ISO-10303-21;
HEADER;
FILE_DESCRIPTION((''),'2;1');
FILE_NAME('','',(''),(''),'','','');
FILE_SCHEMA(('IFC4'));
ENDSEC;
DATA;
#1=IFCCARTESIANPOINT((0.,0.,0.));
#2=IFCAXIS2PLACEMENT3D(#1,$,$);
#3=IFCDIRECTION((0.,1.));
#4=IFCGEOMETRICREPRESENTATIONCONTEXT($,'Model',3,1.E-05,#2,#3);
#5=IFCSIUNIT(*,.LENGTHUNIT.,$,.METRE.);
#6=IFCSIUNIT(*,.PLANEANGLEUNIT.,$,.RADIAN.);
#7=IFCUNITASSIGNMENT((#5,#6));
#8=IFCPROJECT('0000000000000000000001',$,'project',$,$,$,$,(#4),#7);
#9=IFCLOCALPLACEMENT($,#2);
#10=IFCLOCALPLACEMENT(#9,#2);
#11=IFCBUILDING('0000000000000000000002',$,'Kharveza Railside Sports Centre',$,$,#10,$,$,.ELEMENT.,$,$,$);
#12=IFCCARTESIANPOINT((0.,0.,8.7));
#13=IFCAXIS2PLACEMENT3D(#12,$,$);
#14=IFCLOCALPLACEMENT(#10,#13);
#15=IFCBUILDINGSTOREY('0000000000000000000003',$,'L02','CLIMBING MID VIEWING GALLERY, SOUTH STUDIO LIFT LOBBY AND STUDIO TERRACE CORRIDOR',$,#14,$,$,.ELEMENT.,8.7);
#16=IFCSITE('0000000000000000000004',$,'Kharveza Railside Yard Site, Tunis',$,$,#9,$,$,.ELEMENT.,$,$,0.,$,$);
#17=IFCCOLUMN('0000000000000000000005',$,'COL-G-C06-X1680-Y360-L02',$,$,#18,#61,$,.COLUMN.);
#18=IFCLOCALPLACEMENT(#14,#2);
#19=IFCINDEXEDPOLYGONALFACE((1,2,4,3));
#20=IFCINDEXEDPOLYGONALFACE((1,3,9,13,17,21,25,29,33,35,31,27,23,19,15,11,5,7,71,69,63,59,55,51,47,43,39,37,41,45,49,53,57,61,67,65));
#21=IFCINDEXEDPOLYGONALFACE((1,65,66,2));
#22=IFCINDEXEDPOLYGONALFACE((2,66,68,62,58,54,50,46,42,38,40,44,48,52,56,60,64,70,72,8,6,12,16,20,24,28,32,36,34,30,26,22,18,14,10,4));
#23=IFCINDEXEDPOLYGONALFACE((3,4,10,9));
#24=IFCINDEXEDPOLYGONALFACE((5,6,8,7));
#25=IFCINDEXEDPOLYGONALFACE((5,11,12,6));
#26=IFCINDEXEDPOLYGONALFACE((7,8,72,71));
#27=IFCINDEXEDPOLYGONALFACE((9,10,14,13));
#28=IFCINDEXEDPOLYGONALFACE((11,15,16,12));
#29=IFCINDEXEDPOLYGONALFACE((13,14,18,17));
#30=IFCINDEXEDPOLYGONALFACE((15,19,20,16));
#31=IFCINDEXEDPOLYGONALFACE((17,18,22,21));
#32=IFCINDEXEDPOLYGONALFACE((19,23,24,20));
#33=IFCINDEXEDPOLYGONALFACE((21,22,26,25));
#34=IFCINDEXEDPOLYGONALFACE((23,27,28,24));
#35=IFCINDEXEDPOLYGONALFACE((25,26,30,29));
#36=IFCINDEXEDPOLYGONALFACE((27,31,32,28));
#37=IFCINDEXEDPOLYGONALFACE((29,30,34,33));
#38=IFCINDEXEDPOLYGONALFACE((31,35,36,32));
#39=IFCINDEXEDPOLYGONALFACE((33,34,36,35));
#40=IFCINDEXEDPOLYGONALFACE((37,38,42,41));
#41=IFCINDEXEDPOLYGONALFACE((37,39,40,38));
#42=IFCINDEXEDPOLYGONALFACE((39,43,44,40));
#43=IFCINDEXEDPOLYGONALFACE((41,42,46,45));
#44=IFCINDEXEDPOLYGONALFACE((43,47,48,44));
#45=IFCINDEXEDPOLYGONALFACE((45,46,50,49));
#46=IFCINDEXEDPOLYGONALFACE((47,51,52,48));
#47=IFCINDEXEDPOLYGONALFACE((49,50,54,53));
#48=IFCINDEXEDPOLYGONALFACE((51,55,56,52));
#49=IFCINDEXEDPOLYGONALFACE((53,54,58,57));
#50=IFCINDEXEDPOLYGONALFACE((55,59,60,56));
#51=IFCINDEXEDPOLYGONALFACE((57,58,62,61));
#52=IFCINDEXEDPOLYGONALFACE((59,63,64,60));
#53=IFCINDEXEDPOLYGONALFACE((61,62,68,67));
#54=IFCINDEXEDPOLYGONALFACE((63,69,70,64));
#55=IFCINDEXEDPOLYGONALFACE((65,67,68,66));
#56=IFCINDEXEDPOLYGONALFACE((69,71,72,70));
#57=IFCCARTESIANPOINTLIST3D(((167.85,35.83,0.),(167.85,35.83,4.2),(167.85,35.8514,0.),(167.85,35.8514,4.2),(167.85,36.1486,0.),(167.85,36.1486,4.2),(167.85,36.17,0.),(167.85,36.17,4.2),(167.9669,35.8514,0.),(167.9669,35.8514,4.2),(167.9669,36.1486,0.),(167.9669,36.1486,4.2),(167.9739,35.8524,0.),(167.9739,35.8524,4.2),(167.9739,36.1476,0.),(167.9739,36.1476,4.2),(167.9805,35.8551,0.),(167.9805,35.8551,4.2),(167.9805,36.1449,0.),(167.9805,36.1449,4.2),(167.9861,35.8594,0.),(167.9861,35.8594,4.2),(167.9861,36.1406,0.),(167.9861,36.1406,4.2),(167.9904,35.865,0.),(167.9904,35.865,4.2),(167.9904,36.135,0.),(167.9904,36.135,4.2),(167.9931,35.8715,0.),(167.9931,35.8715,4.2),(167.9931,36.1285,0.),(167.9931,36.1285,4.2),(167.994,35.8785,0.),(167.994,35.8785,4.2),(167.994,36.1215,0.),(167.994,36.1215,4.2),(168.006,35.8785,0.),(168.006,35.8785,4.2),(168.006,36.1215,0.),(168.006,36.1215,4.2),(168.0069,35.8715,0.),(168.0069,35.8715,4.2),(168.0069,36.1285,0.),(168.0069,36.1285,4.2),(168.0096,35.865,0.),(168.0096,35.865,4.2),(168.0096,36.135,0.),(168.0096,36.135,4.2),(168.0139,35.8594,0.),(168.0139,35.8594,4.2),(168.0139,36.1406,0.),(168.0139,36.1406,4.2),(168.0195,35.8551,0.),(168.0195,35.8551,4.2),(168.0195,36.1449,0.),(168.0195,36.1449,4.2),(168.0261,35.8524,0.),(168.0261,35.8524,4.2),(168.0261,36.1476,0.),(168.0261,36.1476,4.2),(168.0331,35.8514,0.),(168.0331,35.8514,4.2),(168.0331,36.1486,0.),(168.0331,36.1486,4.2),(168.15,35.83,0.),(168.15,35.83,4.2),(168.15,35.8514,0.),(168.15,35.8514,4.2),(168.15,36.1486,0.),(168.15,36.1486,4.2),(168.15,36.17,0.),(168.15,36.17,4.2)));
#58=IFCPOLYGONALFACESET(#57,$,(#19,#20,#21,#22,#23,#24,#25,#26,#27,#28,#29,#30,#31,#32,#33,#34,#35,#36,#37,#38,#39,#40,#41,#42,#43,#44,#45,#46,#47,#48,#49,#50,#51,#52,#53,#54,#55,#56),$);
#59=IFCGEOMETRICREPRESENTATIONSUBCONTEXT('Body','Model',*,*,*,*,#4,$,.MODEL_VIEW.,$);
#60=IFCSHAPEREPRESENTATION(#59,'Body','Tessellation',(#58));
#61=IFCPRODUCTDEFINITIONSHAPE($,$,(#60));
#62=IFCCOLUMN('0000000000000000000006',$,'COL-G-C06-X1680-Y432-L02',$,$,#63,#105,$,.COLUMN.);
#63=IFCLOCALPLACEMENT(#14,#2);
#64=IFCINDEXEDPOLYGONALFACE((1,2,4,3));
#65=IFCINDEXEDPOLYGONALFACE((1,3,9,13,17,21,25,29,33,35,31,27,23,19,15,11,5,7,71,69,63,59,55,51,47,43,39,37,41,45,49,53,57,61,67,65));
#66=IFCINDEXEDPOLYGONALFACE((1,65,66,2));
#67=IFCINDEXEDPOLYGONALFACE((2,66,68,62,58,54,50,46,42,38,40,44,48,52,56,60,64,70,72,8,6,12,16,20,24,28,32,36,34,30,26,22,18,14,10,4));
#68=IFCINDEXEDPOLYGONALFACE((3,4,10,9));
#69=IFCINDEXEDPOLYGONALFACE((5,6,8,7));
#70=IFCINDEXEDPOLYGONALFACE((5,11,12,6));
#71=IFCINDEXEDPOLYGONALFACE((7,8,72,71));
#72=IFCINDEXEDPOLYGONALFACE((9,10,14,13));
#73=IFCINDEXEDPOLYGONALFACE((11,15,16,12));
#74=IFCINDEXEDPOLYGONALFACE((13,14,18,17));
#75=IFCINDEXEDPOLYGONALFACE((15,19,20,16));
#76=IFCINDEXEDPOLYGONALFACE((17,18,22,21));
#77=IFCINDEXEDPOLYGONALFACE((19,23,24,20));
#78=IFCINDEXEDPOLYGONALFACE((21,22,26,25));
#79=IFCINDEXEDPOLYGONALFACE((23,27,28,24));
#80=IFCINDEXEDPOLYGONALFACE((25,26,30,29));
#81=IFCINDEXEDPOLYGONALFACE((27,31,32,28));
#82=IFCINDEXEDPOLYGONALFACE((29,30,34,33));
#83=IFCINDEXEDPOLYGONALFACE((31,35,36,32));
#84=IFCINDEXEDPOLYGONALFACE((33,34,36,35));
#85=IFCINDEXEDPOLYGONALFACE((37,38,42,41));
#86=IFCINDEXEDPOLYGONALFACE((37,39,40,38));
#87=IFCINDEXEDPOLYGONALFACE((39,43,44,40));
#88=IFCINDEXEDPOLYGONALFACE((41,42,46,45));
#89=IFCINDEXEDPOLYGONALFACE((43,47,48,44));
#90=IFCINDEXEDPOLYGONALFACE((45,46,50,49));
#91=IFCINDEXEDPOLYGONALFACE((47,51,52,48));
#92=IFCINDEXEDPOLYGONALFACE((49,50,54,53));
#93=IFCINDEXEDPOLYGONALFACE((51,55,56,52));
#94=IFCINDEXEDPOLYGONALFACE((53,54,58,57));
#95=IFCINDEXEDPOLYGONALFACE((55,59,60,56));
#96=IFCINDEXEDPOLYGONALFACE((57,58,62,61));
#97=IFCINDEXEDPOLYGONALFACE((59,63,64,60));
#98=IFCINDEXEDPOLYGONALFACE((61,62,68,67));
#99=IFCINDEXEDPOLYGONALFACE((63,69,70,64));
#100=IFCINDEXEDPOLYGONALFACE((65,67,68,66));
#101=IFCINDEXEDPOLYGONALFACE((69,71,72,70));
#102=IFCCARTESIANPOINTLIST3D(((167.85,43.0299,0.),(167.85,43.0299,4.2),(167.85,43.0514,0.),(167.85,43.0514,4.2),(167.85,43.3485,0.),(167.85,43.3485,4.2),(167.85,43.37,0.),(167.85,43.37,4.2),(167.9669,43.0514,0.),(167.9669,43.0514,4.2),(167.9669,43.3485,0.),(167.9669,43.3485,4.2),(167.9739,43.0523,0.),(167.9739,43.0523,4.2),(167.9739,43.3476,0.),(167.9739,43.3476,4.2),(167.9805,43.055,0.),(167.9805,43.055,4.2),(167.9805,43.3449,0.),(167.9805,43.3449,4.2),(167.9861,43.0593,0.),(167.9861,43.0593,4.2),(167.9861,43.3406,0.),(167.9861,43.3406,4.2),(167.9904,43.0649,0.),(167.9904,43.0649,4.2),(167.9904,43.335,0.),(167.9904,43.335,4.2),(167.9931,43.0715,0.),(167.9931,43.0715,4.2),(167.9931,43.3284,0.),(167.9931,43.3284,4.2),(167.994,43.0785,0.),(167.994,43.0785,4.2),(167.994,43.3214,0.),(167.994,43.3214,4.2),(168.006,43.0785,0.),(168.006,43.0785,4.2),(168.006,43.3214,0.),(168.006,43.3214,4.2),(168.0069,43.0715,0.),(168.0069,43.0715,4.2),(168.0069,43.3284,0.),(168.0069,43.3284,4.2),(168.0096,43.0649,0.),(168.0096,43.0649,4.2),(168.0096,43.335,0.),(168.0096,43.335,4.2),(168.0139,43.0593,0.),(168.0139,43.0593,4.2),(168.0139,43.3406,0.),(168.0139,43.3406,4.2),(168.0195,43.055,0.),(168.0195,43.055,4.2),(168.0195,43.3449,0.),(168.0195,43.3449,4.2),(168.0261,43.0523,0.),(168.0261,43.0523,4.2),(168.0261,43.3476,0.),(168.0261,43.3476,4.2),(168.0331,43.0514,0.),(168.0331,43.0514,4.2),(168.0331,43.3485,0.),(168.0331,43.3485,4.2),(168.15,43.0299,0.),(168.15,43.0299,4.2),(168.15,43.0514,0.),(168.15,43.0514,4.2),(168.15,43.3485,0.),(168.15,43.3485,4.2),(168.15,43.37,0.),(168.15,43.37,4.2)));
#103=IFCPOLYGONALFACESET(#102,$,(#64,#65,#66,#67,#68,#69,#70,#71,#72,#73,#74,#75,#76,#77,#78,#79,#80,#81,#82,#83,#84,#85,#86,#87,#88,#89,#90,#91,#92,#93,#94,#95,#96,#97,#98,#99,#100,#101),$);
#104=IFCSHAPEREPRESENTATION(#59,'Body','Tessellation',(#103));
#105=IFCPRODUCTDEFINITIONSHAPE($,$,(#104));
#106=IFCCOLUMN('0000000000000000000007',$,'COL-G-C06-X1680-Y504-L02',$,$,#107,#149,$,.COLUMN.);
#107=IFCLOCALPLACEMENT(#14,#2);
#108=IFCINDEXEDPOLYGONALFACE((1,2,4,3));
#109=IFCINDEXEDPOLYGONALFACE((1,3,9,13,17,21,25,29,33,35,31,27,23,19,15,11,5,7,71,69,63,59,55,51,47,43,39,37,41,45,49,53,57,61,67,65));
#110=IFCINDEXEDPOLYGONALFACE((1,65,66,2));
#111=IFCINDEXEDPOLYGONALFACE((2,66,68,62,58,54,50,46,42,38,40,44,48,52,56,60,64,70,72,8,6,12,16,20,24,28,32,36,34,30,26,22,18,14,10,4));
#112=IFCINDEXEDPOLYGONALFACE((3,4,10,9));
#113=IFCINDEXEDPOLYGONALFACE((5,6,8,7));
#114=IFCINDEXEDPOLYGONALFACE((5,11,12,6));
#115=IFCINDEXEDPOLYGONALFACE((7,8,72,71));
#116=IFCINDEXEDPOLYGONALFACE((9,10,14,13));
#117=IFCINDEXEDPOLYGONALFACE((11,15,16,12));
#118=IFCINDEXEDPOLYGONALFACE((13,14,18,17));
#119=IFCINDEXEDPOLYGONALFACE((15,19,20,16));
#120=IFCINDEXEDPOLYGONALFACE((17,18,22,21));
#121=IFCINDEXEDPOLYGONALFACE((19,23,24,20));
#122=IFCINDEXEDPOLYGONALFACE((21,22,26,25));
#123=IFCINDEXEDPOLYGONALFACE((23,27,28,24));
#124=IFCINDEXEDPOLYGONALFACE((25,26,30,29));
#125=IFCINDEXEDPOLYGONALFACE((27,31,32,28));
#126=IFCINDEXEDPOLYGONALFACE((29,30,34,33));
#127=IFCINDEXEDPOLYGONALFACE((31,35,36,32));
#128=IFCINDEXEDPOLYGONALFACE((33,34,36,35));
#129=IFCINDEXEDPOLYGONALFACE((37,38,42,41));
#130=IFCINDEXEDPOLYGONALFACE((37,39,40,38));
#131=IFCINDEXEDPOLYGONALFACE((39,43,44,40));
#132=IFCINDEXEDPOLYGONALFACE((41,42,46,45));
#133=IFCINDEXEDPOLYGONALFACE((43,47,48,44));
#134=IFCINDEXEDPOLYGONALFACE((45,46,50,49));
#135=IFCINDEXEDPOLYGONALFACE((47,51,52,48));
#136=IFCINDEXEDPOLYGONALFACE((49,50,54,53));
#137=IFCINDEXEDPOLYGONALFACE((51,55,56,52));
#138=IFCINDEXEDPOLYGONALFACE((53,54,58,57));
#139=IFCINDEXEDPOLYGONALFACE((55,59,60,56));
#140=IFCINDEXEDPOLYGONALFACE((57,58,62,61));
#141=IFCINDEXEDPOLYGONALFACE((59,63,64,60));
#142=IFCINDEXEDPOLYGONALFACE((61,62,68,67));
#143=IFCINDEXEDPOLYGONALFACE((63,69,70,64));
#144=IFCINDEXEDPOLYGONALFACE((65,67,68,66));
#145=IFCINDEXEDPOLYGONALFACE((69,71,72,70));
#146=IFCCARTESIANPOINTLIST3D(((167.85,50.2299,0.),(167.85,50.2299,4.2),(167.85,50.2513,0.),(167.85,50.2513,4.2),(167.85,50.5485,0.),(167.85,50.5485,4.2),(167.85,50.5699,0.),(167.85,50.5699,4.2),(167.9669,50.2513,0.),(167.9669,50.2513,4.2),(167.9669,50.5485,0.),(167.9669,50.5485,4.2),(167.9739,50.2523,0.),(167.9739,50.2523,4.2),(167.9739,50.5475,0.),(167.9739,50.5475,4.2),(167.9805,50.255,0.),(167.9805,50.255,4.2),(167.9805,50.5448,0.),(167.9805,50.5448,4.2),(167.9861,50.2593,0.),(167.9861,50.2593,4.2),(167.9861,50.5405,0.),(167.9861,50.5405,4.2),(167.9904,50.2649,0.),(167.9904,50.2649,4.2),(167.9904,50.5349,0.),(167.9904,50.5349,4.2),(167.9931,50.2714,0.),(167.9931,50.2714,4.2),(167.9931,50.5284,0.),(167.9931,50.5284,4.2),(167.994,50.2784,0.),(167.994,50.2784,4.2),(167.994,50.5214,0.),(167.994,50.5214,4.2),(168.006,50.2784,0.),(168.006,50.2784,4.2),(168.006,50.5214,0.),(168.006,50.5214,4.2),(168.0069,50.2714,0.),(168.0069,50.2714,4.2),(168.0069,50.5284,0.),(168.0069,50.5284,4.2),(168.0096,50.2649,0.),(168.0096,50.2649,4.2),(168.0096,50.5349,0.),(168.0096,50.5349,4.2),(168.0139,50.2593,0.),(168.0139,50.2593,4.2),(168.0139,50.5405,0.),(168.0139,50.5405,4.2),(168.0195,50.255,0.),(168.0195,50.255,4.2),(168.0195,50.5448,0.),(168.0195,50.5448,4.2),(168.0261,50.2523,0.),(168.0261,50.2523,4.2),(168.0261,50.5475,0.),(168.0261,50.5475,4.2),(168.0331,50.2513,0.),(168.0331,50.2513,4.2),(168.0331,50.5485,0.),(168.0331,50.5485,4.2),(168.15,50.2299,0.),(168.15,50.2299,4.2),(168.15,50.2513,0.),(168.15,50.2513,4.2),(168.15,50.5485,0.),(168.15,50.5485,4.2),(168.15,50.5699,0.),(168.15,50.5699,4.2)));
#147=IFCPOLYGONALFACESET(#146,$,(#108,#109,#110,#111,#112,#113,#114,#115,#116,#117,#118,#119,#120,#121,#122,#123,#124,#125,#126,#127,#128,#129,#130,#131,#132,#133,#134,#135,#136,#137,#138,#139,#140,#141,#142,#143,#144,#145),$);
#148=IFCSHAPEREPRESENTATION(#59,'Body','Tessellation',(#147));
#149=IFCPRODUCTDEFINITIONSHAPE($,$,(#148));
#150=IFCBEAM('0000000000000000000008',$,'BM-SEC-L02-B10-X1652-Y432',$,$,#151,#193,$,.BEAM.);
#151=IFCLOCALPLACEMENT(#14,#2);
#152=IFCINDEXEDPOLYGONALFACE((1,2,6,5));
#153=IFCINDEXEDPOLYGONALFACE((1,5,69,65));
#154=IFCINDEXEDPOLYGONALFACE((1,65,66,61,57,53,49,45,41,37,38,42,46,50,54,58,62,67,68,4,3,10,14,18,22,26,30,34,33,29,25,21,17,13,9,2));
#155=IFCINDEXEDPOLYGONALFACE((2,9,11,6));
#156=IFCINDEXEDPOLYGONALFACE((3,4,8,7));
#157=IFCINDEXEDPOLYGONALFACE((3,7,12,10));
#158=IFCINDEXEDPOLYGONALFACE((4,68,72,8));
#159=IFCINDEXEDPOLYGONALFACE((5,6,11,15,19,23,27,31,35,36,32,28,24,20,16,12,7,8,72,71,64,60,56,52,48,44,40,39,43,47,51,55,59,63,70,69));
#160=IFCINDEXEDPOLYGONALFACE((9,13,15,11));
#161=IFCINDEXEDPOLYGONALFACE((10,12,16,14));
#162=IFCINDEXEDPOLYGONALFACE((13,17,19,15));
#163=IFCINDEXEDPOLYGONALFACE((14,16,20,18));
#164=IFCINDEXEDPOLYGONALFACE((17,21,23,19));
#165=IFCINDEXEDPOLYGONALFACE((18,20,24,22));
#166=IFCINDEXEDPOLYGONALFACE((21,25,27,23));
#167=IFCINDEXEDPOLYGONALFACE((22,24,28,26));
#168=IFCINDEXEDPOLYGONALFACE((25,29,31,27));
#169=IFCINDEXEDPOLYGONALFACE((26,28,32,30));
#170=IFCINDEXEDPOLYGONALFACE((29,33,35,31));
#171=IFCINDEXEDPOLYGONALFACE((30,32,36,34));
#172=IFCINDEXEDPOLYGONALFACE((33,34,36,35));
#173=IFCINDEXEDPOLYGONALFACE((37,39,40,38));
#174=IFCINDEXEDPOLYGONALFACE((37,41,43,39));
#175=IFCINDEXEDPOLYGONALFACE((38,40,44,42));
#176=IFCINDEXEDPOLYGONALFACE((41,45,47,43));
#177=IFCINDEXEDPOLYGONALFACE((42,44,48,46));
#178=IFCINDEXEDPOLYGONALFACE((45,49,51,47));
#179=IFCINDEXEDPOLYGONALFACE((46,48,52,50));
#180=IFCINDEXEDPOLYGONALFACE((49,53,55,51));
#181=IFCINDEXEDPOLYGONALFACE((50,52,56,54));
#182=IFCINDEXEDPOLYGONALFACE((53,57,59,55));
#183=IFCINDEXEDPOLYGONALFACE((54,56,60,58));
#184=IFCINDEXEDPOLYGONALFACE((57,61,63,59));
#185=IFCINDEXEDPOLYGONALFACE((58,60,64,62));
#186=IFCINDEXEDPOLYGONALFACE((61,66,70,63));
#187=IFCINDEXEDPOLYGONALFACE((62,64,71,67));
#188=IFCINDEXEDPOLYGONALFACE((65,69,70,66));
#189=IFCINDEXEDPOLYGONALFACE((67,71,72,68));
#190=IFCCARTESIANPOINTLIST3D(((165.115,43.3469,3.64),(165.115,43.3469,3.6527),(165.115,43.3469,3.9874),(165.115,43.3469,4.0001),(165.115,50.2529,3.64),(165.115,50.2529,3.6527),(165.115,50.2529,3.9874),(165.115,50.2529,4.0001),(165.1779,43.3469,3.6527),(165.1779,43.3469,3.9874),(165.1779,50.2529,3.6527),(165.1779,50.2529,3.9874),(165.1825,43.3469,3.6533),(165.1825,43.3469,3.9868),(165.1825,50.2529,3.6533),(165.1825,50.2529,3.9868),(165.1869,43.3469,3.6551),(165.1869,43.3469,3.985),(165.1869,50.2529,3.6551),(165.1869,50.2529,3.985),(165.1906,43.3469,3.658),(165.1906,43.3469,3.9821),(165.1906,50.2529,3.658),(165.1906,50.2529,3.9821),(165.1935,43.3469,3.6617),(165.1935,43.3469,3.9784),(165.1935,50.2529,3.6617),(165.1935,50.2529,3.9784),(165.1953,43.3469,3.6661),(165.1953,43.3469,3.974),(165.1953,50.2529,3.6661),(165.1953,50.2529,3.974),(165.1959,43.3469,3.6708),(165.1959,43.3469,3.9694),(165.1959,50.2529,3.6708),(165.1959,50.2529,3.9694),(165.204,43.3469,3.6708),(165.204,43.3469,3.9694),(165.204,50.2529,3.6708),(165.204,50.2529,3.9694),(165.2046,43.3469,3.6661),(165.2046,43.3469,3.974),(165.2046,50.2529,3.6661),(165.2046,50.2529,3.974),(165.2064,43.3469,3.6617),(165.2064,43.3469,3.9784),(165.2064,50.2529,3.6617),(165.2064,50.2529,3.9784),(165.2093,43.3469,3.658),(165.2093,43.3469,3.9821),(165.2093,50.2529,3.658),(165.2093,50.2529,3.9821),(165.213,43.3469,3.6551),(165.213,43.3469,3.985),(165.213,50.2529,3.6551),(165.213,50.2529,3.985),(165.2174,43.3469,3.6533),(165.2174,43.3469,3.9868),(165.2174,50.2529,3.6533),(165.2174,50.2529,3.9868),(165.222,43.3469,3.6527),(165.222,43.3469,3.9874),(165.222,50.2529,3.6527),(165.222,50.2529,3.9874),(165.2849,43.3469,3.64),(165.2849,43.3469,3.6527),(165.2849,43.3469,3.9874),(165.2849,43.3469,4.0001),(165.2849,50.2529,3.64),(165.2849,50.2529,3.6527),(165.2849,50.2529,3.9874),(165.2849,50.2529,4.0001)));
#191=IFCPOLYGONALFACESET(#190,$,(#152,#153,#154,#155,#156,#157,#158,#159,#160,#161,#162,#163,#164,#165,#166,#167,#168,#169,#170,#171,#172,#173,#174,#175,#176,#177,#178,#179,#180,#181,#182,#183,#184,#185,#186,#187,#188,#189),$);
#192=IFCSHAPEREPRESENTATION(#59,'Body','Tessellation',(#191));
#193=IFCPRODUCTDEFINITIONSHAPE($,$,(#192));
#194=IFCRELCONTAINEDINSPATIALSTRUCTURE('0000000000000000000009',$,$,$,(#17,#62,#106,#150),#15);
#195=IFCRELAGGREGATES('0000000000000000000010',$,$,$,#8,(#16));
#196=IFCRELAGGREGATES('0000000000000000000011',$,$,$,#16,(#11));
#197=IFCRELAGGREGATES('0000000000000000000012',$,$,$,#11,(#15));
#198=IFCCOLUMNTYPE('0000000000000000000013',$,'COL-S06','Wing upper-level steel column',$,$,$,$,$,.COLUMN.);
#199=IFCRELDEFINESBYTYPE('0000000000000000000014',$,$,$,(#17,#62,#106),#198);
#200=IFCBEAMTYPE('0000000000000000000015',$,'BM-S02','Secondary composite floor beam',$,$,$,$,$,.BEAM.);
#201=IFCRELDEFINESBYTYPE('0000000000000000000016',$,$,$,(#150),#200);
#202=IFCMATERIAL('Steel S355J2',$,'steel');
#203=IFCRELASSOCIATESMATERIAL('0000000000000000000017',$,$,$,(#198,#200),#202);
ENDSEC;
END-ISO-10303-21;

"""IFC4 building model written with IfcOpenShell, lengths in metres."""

from ifc_helpers import new_model, si_unit, direction, frame, origin, origin_2d, place, context, subcontext, project, spatial, i_section, extrude, material, material_profile, profile_set, type_object, element, save


model = new_model("IFC4")

# Units and contexts
model_context = context("Model", 3, precision=1e-05, world=origin(), true_north=direction((0.0, 1.0)))
body_context = subcontext(model_context, "Body", "Model", "MODEL_VIEW")
ifc_project = project(units=[si_unit("LENGTHUNIT", "METRE"), si_unit("PLANEANGLEUNIT", "RADIAN")], contexts=[model_context])

# Site, building, storey
site_placement = place(None, origin())
site = spatial("IfcSite", under=ifc_project, at=site_placement, Name="Kharveza Railside Yard Site, Tunis", CompositionType="ELEMENT", RefElevation=0.0)
building_placement = place(site_placement, origin())
building = spatial("IfcBuilding", under=site, at=building_placement, Name="Kharveza Railside Sports Centre", CompositionType="ELEMENT")
storey_placement = place(building_placement, frame((0.0, 0.0, 8.7)))
storey = spatial("IfcBuildingStorey", under=building, at=storey_placement, Name="L02", Description="CLIMBING MID VIEWING GALLERY, SOUTH STUDIO LIFT LOBBY AND STUDIO TERRACE CORRIDOR", CompositionType="ELEMENT", Elevation=8.7)

# Columns
ifc_material_1 = material(Name="Steel S355J2", Category="steel")
ifc_material_profile_1 = material_profile(ifc_material_1, i_section(OverallWidth=0.3, OverallDepth=0.3401, WebThickness=0.012, FlangeThickness=0.0215, FilletRadius=0.0271, at=origin_2d()), Name="HEB 340")
ifc_profile_set_1 = profile_set([ifc_material_profile_1], Name="Steel S355J2")
column_type = type_object("IfcColumnType", Name="COL-S06", Description="Wing upper-level steel column", PredefinedType="COLUMN", material=ifc_profile_set_1)
for number, where, z_axis, x_axis, name in (
    (1, (168.0, 36.0, 0.0), (0.0, 0.0, 1.0), (1.0, 0.0, 0.0), "COL-G-C06-X1680-Y360-L02"),
    (2, (168.0, 43.2, 0.0), (0.0, 0.0, 1.0), (1.0, 0.0, 0.0), "COL-G-C06-X1680-Y432-L02"),
    (3, (168.0, 50.3999, 0.0), (0.0, 0.0, 1.0), (1.0, 0.0, 0.0), "COL-G-C06-X1680-Y504-L02"),
):
    element("IfcColumn", number, at=place(storey_placement, frame(where, z_axis=z_axis, x_axis=x_axis)), inside=storey, type_object=column_type, Name=name, PredefinedType="COLUMN", context=body_context, shape_type="SweptSolid", body=[
        extrude(i_section(OverallWidth=0.3, OverallDepth=0.3401, WebThickness=0.012, FlangeThickness=0.0215, FilletRadius=0.0271, at=origin_2d()), origin(), (0.0, 0.0, 1.0), 4.2),
    ])

# Beam
ifc_material_profile_2 = material_profile(ifc_material_1, i_section(OverallWidth=0.1699, OverallDepth=0.3601, WebThickness=0.0081, FlangeThickness=0.0127, FilletRadius=0.0181, at=origin_2d()), Name="IPE 360")
ifc_profile_set_2 = profile_set([ifc_material_profile_2], Name="Steel S355J2")
beam_type_1 = type_object("IfcBeamType", Name="BM-S02", Description="Secondary composite floor beam", PredefinedType="BEAM", material=ifc_profile_set_2)
beam_1_placement = place(storey_placement, frame((165.2, 43.3469, 3.8201), z_axis=(0.0, 1.0, 0.0), x_axis=(-1.0, 0.0, 0.0)))
element("IfcBeam", 4, at=beam_1_placement, inside=storey, type_object=beam_type_1, Name="BM-SEC-L02-B10-X1652-Y432", PredefinedType="BEAM", context=body_context, shape_type="SweptSolid", body=[
    extrude(i_section(OverallWidth=0.1699, OverallDepth=0.3601, WebThickness=0.0081, FlangeThickness=0.0127, FilletRadius=0.0181, at=origin_2d()), origin(), (0.0, 0.0, 1.0), 6.906),
])

save(model, "model.ifc")
